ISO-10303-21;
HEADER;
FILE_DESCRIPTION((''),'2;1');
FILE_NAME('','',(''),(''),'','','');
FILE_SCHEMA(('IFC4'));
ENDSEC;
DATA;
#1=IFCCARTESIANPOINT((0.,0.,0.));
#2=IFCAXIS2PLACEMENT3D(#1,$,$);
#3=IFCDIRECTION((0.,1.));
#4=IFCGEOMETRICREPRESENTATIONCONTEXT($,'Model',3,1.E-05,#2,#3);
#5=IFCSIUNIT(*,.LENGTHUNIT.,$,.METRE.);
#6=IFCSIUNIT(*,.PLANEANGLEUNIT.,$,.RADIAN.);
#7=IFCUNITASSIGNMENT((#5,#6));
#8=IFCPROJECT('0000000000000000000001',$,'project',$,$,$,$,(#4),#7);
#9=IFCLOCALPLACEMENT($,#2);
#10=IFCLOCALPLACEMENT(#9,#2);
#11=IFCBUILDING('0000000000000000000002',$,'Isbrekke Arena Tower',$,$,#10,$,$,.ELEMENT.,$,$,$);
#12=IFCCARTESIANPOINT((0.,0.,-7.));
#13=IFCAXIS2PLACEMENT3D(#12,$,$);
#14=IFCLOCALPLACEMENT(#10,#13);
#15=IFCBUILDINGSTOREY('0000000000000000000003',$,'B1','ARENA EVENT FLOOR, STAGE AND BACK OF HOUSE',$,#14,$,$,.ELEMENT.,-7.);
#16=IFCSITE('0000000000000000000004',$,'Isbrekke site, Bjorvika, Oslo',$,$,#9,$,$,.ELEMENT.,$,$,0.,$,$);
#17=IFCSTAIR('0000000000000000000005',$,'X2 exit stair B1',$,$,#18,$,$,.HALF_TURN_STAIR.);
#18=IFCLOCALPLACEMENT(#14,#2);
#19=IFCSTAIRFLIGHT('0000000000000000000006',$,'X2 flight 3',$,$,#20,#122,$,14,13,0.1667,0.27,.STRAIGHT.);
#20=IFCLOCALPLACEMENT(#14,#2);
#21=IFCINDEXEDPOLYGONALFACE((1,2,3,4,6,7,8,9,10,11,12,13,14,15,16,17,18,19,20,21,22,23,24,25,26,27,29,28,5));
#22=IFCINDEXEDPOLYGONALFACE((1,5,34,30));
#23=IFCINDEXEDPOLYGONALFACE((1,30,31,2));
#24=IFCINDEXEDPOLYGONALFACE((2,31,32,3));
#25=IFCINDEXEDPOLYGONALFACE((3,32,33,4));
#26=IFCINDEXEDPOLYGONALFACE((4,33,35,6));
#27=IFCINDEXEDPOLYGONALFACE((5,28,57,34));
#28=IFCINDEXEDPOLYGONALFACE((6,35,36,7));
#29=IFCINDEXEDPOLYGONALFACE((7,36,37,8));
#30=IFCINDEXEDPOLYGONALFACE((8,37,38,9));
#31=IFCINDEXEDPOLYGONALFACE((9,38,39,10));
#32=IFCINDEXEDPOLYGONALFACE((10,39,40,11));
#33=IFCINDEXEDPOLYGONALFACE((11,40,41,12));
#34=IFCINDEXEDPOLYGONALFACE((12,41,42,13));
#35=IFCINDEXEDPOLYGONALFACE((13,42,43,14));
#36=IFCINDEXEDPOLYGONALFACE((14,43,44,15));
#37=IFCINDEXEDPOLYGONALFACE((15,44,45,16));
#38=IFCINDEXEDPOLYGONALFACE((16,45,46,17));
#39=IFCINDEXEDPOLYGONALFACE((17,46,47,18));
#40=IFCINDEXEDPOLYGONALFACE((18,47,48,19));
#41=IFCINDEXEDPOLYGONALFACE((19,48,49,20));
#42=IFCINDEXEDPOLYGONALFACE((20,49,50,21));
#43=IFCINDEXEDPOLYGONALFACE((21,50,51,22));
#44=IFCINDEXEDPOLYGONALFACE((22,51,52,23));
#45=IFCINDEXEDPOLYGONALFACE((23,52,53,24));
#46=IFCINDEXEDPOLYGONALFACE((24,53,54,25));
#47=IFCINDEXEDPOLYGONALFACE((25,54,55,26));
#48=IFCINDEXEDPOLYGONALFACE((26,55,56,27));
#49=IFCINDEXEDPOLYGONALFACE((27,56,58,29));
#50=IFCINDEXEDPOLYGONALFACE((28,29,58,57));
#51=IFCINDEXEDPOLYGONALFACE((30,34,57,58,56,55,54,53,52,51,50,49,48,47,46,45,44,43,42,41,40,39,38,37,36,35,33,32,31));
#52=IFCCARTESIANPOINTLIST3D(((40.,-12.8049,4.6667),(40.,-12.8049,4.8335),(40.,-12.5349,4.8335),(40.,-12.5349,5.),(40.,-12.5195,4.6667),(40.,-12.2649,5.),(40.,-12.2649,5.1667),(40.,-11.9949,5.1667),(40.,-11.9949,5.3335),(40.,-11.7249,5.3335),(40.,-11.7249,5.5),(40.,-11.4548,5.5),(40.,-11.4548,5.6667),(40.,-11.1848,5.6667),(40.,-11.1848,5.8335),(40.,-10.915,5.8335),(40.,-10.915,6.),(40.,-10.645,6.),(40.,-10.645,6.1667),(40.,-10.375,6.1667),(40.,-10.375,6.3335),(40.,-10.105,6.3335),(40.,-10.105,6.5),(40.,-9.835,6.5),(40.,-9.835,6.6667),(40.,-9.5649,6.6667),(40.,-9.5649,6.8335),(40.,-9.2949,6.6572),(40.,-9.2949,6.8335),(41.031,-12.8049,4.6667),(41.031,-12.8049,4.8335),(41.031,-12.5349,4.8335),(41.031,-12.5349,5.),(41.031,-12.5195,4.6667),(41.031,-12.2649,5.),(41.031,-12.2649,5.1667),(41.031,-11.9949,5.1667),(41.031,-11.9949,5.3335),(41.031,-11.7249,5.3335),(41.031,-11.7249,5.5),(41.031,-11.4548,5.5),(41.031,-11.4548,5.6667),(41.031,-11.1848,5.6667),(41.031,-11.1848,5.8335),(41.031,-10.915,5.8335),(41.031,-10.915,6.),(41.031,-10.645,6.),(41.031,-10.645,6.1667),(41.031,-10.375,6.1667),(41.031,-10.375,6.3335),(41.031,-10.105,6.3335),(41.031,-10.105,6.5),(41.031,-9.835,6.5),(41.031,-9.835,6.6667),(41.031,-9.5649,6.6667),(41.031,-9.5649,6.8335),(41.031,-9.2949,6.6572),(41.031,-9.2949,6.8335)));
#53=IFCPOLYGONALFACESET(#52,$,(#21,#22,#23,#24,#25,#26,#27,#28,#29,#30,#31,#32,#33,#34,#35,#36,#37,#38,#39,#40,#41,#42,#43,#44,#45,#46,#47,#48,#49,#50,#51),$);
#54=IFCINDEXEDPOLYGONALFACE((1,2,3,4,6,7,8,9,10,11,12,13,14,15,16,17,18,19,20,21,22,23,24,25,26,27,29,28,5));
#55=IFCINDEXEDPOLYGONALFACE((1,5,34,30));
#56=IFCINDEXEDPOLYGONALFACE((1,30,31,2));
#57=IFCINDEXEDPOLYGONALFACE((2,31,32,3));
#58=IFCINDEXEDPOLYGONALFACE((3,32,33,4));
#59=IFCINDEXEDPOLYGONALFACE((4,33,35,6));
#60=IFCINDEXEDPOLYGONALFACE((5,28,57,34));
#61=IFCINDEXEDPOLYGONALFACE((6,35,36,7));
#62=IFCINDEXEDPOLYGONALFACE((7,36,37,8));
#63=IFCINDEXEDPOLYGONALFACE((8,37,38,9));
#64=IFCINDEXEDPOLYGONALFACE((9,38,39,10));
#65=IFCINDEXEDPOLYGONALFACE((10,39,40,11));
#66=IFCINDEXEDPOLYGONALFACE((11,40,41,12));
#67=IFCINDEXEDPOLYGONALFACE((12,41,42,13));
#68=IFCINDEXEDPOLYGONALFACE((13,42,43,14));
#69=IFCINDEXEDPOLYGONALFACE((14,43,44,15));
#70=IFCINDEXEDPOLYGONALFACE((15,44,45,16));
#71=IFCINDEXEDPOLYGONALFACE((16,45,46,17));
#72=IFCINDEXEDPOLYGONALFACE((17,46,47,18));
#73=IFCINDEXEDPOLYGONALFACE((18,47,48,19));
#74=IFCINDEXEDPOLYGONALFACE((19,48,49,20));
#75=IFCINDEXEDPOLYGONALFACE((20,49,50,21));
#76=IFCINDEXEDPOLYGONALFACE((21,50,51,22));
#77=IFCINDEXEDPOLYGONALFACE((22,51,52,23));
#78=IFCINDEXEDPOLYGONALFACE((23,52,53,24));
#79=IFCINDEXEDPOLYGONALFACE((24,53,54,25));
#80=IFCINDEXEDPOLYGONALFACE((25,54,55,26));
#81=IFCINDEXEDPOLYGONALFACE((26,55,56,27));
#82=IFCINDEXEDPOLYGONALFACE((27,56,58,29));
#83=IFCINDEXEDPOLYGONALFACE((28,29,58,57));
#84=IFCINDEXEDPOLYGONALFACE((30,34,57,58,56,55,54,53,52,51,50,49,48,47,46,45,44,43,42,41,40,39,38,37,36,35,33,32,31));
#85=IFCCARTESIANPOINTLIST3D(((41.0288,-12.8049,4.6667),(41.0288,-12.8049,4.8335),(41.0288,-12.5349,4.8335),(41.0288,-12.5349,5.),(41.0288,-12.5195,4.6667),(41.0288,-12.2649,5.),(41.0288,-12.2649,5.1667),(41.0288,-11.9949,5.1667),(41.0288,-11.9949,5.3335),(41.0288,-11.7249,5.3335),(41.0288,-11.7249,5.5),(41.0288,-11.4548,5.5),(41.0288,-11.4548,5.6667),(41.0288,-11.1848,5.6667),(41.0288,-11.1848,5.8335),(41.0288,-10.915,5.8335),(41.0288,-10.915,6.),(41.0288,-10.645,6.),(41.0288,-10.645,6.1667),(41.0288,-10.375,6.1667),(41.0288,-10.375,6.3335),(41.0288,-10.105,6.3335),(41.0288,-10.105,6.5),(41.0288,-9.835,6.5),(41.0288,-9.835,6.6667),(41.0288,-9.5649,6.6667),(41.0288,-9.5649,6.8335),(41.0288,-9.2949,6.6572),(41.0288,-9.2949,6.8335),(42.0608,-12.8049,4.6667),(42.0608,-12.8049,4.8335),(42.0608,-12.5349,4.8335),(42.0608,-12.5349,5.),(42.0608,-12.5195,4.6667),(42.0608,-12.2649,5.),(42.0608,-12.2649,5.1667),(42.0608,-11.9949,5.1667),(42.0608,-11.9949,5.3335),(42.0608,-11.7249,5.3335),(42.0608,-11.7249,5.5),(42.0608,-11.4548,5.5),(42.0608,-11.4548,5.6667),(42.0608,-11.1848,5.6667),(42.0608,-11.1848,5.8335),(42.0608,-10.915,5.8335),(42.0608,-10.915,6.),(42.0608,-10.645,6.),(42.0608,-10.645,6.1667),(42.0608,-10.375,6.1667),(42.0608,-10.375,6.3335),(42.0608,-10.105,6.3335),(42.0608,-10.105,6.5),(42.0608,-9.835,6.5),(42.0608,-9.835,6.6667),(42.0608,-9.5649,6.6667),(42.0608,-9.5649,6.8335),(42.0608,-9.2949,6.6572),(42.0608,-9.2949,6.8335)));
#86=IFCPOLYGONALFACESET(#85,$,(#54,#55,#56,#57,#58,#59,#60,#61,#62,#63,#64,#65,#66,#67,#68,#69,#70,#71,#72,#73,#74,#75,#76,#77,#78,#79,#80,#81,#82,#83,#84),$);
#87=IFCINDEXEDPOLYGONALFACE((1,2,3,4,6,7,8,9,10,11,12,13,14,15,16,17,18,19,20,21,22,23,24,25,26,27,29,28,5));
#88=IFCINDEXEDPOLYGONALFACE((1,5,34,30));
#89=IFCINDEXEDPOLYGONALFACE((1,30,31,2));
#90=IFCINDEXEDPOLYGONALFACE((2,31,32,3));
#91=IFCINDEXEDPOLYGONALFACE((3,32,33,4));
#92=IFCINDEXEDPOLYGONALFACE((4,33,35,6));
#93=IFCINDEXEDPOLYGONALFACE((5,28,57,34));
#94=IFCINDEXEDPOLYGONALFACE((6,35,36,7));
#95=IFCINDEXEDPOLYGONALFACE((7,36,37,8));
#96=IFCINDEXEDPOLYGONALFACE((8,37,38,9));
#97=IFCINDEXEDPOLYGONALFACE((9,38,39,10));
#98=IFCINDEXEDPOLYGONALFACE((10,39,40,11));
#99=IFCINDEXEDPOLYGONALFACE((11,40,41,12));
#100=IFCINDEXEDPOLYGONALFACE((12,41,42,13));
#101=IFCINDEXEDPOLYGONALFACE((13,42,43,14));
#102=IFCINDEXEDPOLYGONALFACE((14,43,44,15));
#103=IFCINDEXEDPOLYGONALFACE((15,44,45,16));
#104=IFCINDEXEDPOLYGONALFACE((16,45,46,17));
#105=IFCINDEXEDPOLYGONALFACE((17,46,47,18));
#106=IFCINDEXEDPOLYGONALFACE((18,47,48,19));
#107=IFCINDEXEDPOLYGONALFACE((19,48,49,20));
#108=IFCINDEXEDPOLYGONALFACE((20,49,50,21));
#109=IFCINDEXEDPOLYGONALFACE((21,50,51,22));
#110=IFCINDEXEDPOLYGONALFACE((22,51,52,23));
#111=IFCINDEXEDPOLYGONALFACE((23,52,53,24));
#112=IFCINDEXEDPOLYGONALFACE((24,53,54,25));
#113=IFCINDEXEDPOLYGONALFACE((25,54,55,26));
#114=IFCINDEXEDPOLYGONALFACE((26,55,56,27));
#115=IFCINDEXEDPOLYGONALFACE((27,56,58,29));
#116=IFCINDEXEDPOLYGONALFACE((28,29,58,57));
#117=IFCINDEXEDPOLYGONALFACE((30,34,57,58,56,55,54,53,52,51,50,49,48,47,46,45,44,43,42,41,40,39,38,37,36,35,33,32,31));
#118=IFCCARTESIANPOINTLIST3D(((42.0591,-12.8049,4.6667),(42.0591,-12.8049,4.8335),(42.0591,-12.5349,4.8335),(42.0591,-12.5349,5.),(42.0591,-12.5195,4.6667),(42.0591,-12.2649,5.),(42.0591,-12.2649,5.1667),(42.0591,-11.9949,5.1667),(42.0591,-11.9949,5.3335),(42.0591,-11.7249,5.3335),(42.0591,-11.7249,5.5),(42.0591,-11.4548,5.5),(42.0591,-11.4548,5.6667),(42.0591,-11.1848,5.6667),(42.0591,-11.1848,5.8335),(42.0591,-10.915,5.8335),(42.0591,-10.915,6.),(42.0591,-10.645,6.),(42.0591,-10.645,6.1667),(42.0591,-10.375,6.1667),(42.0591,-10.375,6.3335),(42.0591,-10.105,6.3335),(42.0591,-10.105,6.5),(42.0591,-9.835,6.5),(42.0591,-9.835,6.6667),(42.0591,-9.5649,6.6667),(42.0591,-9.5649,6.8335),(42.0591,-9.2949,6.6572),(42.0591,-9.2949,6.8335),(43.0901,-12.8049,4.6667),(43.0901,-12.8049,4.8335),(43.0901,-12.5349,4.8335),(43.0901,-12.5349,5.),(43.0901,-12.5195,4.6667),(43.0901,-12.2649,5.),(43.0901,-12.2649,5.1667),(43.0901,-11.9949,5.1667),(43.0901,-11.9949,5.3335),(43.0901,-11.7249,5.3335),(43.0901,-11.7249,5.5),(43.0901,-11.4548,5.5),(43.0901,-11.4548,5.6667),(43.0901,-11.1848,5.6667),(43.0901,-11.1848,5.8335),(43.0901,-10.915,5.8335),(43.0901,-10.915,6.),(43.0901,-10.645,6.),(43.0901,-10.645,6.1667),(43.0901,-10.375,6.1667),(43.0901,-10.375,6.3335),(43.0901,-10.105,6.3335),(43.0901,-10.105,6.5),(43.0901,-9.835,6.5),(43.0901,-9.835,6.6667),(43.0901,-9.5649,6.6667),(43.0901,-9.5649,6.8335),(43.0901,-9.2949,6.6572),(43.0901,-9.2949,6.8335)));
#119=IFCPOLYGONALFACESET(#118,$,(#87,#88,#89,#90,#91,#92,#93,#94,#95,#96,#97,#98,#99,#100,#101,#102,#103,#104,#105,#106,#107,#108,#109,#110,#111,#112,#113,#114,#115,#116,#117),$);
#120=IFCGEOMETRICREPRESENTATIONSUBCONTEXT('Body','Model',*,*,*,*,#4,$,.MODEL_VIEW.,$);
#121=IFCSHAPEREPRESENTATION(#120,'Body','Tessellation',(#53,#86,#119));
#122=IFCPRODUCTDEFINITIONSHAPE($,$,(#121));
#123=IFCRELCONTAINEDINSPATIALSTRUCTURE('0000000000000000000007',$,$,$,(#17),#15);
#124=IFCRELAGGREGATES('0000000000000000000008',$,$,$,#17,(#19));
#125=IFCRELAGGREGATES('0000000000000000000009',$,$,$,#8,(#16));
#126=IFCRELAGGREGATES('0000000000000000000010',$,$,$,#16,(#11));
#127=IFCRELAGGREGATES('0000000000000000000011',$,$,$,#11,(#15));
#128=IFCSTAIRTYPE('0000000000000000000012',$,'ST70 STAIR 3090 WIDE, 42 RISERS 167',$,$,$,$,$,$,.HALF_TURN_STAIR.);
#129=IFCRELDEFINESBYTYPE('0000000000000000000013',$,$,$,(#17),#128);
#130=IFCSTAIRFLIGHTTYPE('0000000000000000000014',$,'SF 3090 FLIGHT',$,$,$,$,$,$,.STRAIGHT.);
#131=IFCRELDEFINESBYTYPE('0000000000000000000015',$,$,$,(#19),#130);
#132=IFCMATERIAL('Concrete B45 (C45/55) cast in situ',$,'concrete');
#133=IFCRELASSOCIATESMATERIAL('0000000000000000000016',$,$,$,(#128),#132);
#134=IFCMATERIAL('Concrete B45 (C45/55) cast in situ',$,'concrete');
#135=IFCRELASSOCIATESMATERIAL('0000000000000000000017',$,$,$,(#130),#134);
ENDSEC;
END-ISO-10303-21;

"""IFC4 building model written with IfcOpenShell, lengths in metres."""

from ifc_helpers import new_model, si_unit, direction, frame, origin, place, context, subcontext, project, spatial, polyline, outline, extrude, material, type_object, element, aggregate, save


model = new_model("IFC4")

# Units and contexts
model_context = context("Model", 3, precision=1e-05, world=origin(), true_north=direction((0.0, 1.0)))
body_context = subcontext(model_context, "Body", "Model", "MODEL_VIEW")
ifc_project = project(units=[si_unit("LENGTHUNIT", "METRE"), si_unit("PLANEANGLEUNIT", "RADIAN")], contexts=[model_context])

# Site, building, storey
site_placement = place(None, origin())
site = spatial("IfcSite", under=ifc_project, at=site_placement, Name="Isbrekke site, Bjorvika, Oslo", CompositionType="ELEMENT", RefElevation=0.0)
building_placement = place(site_placement, origin())
building = spatial("IfcBuilding", under=site, at=building_placement, Name="Isbrekke Arena Tower", CompositionType="ELEMENT")
storey_placement = place(building_placement, frame((0.0, 0.0, -7.0)))
storey = spatial("IfcBuildingStorey", under=building, at=storey_placement, Name="B1", Description="ARENA EVENT FLOOR, STAGE AND BACK OF HOUSE", CompositionType="ELEMENT", Elevation=-7.0)

# Stair, stair flight
ifc_material_1 = material(Name="Concrete B45 (C45/55) cast in situ", Category="concrete")
stair_type = type_object("IfcStairType", Name="ST70 STAIR 3090 WIDE, 42 RISERS 167", PredefinedType="HALF_TURN_STAIR", material=ifc_material_1)
ifc_material_2 = material(Name="Concrete B45 (C45/55) cast in situ", Category="concrete")
stair_flight_type = type_object("IfcStairFlightType", Name="SF 3090 FLIGHT", PredefinedType="STRAIGHT", material=ifc_material_2)
stair_1_placement = place(storey_placement, origin())
stair_1 = element("IfcStair", 1, at=stair_1_placement, inside=storey, type_object=stair_type, Name="X2 exit stair B1", PredefinedType="HALF_TURN_STAIR")
stair_flight_1_placement = place(storey_placement, frame((41.5449, -12.8049, 4.6667), z_axis=(0.0, 0.0, 1.0), x_axis=(0.0, 1.0, 0.0)))
stair_flight_1 = element("IfcStairFlight", 2, at=stair_flight_1_placement, type_object=stair_flight_type, Name="X2 flight 3", NumberOfRisers=14, NumberOfTreads=13, PredefinedType="STRAIGHT", RiserHeight=0.1667, TreadLength=0.27, context=body_context, shape_type="SweptSolid", body=[
    extrude(outline(polyline([(0.0, 0.0), (0.0, 0.1667), (0.27, 0.1667), (0.27, 0.3333), (0.54, 0.3333), (0.54, 0.5), (0.8101, 0.5), (0.8101, 0.6667), (1.0801, 0.6667), (1.0801, 0.8333), (1.3501, 0.8333), (1.3501, 1.0), (1.6201, 1.0), (1.6201, 1.1667), (1.8899, 1.1667), (1.8899, 1.3333), (2.1599, 1.3333), (2.1599, 1.5), (2.4299, 1.5), (2.4299, 1.6667), (2.7, 1.6667), (2.7, 1.8333), (2.97, 1.8333), (2.97, 2.0), (3.24, 2.0), (3.24, 2.1667), (3.51, 2.1667), (3.51, 2.3333), (3.51, 1.9905), (0.2854, 0.0), (0.0, 0.0)])), frame((0.0, 1.5449, 0.0), z_axis=(0.0, -1.0, 0.0), x_axis=(1.0, 0.0, 0.0)), (0.0, 0.0, 1.0), 1.031),
    extrude(outline(polyline([(0.0, 0.0), (0.0, 0.1667), (0.27, 0.1667), (0.27, 0.3333), (0.54, 0.3333), (0.54, 0.5), (0.8101, 0.5), (0.8101, 0.6667), (1.0801, 0.6667), (1.0801, 0.8333), (1.3501, 0.8333), (1.3501, 1.0), (1.6201, 1.0), (1.6201, 1.1667), (1.8899, 1.1667), (1.8899, 1.3333), (2.1599, 1.3333), (2.1599, 1.5), (2.4299, 1.5), (2.4299, 1.6667), (2.7, 1.6667), (2.7, 1.8333), (2.97, 1.8333), (2.97, 2.0), (3.24, 2.0), (3.24, 2.1667), (3.51, 2.1667), (3.51, 2.3333), (3.51, 1.9905), (0.2854, 0.0), (0.0, 0.0)])), frame((0.0, 0.5161, 0.0), z_axis=(0.0, -1.0, 0.0), x_axis=(1.0, 0.0, 0.0)), (0.0, 0.0, 1.0), 1.032),
    extrude(outline(polyline([(0.0, 0.0), (0.0, 0.1667), (0.27, 0.1667), (0.27, 0.3333), (0.54, 0.3333), (0.54, 0.5), (0.8101, 0.5), (0.8101, 0.6667), (1.0801, 0.6667), (1.0801, 0.8333), (1.3501, 0.8333), (1.3501, 1.0), (1.6201, 1.0), (1.6201, 1.1667), (1.8899, 1.1667), (1.8899, 1.3333), (2.1599, 1.3333), (2.1599, 1.5), (2.4299, 1.5), (2.4299, 1.6667), (2.7, 1.6667), (2.7, 1.8333), (2.97, 1.8333), (2.97, 2.0), (3.24, 2.0), (3.24, 2.1667), (3.51, 2.1667), (3.51, 2.3333), (3.51, 1.9905), (0.2854, 0.0), (0.0, 0.0)])), frame((0.0, -0.5142, 0.0), z_axis=(0.0, -1.0, 0.0), x_axis=(1.0, 0.0, 0.0)), (0.0, 0.0, 1.0), 1.031),
])
aggregate(stair_1, [stair_flight_1])

save(model, "model.ifc")
